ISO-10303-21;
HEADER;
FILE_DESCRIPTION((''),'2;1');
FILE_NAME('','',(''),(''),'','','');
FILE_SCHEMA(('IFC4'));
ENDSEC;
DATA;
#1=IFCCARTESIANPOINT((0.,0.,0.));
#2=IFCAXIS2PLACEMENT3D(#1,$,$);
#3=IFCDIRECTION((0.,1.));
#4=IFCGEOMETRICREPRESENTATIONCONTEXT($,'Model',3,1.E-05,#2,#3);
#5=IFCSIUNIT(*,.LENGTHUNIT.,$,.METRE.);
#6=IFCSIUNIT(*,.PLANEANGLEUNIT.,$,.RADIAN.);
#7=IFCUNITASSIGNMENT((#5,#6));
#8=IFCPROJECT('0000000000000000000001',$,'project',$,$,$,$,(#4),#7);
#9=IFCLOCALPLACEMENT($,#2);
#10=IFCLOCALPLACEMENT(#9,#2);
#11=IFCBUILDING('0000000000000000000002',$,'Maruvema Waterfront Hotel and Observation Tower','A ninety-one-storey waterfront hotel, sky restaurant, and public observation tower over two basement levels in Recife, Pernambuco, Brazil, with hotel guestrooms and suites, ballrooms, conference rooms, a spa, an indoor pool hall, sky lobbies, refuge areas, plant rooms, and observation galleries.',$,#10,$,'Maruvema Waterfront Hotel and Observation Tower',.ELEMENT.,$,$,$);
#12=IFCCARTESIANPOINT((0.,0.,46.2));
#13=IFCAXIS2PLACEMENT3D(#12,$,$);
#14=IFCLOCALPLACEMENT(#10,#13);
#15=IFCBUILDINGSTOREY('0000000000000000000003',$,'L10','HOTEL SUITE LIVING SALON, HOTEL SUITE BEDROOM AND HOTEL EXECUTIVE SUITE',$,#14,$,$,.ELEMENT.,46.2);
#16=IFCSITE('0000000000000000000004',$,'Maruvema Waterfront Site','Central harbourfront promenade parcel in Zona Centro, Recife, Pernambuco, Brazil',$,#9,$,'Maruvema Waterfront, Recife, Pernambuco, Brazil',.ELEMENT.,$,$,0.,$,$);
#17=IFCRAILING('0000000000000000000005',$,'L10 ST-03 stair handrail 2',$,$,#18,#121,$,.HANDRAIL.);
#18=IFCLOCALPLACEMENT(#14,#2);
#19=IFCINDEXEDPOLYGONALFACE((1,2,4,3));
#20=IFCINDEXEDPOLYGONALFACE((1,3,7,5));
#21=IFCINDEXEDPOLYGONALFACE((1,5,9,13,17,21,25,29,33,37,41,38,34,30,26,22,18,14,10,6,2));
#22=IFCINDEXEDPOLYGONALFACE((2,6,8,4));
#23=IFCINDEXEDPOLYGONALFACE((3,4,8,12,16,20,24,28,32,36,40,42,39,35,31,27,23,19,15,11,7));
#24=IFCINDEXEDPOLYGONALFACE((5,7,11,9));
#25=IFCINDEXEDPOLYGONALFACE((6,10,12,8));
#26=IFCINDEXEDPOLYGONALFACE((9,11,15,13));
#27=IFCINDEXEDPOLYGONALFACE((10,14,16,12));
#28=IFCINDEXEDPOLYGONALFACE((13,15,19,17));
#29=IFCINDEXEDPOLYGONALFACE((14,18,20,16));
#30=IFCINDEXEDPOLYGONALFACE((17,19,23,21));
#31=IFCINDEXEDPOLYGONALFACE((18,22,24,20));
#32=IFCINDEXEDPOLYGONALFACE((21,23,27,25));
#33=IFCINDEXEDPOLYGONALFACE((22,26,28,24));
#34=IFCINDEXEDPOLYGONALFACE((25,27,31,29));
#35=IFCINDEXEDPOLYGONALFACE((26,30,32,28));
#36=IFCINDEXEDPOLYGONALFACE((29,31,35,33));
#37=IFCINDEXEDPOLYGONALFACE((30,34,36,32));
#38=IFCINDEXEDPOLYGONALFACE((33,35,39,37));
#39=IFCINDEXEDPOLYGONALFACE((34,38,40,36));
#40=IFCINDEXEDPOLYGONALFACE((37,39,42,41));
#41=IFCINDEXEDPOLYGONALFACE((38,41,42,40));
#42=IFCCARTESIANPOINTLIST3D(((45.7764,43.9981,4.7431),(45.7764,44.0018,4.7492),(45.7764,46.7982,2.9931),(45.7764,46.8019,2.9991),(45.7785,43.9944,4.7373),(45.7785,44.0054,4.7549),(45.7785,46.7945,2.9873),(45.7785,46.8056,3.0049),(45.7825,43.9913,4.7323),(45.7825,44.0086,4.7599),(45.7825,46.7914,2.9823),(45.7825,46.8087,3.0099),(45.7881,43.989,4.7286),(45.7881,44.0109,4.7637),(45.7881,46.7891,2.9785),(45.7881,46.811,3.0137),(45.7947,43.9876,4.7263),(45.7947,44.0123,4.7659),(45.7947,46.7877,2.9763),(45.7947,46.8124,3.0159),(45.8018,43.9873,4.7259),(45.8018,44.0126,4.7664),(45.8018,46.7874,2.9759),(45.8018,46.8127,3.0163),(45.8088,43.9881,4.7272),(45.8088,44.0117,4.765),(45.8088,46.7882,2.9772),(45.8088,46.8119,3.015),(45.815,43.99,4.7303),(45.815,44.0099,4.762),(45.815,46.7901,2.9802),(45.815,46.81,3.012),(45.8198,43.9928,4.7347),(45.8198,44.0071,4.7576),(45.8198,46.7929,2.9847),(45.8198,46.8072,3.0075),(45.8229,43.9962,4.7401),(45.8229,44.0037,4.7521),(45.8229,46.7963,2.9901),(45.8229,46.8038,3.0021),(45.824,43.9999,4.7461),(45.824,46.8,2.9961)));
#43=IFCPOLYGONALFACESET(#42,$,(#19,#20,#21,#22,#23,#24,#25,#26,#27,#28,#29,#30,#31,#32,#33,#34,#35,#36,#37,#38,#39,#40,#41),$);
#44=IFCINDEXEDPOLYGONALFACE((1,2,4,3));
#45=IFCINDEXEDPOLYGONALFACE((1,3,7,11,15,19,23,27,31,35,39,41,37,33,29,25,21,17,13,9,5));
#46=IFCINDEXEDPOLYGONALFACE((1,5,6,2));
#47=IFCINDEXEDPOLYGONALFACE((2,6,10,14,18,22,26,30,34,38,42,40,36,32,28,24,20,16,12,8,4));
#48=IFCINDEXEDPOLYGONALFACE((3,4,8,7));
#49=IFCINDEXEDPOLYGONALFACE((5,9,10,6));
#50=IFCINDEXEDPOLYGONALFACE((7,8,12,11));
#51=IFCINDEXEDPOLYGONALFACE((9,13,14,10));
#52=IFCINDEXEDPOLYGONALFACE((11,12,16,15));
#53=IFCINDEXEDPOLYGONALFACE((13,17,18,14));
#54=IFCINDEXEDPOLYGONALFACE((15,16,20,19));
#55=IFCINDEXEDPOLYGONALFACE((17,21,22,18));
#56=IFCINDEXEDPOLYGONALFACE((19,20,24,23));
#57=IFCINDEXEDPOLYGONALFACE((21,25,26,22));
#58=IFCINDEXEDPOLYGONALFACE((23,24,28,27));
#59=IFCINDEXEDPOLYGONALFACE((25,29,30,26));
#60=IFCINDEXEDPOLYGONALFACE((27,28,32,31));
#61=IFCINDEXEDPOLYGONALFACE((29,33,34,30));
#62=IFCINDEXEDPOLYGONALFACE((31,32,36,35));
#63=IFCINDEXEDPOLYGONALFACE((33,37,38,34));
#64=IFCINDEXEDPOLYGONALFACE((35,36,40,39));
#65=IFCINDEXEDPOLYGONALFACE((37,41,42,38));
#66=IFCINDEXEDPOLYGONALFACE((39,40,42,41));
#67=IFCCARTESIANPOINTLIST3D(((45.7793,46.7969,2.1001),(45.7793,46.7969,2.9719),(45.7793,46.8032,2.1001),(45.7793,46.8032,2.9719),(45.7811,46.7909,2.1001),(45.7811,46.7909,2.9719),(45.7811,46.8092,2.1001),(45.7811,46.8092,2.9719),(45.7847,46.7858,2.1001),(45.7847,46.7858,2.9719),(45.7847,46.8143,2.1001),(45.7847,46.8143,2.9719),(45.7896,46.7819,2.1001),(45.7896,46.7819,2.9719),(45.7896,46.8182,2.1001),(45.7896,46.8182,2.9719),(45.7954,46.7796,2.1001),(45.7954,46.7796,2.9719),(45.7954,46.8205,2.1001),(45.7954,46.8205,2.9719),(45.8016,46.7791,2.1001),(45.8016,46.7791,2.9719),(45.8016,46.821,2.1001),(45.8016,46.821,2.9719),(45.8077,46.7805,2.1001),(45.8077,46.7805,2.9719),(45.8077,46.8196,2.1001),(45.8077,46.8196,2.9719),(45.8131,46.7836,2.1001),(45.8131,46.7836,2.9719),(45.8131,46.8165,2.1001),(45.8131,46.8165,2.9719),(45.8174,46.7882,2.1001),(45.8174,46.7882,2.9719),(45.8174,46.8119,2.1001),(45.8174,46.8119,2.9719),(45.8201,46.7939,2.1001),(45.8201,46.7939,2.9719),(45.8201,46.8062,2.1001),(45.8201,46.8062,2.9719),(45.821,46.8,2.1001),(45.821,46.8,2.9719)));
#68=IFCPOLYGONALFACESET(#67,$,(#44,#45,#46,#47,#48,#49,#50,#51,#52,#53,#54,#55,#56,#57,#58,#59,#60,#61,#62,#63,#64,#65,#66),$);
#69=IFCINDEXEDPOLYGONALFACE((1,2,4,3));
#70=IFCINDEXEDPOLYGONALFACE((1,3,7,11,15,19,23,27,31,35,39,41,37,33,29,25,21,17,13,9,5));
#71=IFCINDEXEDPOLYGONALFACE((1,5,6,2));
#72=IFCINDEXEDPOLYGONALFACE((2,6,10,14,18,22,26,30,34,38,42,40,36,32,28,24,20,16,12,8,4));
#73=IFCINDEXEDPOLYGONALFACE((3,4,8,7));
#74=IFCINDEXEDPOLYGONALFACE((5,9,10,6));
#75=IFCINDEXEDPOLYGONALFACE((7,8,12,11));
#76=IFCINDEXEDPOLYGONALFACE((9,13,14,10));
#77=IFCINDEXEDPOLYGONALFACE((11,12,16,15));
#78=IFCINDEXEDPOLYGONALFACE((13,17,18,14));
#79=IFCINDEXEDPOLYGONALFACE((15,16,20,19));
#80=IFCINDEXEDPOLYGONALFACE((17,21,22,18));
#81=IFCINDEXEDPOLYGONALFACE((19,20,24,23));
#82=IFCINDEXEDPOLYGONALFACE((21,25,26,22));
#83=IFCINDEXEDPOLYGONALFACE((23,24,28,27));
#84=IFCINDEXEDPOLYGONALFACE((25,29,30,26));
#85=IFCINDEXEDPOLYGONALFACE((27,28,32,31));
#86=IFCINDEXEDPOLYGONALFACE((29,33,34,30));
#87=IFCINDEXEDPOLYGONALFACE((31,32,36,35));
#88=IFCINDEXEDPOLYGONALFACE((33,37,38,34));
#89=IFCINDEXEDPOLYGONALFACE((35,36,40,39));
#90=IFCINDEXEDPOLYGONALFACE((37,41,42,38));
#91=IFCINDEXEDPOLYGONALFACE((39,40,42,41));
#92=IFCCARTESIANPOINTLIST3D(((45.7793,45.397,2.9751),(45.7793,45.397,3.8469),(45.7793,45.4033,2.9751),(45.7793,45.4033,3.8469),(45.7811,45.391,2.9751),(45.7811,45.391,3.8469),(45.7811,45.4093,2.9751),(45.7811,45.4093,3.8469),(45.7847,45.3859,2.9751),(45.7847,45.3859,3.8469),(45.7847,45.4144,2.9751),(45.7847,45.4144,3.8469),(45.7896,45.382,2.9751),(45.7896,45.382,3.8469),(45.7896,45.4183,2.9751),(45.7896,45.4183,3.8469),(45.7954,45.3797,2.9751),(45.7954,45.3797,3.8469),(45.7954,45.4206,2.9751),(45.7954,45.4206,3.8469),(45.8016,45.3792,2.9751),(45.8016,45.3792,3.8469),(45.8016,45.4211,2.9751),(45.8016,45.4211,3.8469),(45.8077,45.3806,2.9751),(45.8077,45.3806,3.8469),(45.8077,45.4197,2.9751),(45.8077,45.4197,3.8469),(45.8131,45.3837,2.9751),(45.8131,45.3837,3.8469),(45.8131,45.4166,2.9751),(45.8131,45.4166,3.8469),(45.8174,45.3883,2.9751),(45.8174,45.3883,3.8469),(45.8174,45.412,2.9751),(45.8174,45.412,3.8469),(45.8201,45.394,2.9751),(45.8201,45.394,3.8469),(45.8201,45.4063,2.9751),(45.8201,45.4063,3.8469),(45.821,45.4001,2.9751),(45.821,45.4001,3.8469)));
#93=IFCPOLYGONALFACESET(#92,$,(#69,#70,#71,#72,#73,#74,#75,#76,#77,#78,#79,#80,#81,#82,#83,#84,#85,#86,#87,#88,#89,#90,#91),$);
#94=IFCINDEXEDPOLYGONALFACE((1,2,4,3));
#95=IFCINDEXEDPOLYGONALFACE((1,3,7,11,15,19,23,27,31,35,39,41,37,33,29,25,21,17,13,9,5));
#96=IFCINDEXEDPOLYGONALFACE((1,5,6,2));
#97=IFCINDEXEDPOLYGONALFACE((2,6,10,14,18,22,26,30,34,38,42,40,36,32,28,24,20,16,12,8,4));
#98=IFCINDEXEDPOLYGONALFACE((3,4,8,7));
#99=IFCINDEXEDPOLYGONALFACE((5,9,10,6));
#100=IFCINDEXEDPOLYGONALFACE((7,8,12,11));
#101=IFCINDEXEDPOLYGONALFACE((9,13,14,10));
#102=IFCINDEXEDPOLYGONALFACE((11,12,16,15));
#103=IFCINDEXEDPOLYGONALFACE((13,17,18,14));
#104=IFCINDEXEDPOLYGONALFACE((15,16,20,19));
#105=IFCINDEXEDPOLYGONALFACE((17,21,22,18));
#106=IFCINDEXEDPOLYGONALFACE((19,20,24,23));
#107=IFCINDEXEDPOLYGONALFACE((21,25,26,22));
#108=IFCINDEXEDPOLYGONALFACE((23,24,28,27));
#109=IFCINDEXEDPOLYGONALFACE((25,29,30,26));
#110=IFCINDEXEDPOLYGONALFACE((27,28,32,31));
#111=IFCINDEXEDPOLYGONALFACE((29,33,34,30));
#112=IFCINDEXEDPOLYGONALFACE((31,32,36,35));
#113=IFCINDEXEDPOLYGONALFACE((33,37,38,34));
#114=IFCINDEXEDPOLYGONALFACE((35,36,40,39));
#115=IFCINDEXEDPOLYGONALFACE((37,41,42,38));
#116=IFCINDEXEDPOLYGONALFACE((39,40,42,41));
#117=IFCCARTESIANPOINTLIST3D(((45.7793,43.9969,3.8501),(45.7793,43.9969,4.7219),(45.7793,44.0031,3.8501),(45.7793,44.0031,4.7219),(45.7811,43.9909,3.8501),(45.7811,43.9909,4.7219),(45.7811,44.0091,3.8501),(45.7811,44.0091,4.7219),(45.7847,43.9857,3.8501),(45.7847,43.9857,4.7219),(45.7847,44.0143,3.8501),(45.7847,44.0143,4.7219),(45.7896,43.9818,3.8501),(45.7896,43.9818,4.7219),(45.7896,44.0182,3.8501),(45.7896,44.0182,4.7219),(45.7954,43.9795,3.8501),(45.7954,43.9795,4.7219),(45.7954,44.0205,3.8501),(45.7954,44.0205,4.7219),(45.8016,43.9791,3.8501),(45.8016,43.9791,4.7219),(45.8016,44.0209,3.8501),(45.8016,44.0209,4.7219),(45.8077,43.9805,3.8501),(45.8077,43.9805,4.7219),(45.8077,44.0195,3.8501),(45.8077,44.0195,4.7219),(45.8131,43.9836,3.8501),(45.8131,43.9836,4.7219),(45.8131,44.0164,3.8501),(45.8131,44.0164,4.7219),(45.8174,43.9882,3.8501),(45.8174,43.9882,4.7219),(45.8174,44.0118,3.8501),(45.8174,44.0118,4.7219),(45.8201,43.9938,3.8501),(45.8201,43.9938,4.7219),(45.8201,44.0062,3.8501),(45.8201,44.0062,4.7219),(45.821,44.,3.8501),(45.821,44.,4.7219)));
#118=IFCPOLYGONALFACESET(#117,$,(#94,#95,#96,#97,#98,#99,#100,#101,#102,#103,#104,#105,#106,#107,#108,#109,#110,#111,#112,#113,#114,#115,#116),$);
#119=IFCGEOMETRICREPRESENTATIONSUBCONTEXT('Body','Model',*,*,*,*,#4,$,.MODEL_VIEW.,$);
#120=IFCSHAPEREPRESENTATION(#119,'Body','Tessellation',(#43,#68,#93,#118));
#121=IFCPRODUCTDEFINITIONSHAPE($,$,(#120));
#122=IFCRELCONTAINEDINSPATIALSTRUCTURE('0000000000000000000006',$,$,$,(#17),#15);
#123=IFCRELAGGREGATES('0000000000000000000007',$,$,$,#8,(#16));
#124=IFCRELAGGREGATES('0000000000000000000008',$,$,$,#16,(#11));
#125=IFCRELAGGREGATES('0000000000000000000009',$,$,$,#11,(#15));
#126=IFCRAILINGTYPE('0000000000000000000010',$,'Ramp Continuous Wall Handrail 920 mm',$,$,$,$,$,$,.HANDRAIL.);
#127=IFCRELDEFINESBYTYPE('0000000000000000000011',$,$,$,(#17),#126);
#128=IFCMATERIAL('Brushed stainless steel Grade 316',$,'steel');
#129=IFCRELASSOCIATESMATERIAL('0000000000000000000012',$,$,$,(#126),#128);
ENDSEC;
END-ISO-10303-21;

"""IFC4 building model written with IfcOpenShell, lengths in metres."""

from ifc_helpers import new_model, si_unit, direction, frame, origin, origin_2d, place, context, subcontext, project, spatial, circle, extrude, material, type_object, element, save


model = new_model("IFC4")

# Units and contexts
model_context = context("Model", 3, precision=1e-05, world=origin(), true_north=direction((0.0, 1.0)))
body_context = subcontext(model_context, "Body", "Model", "MODEL_VIEW")
ifc_project = project(units=[si_unit("LENGTHUNIT", "METRE"), si_unit("PLANEANGLEUNIT", "RADIAN")], contexts=[model_context])

# Site, building, storey
site_placement = place(None, origin())
site = spatial("IfcSite", under=ifc_project, at=site_placement, Name="Maruvema Waterfront Site", Description="Central harbourfront promenade parcel in Zona Centro, Recife, Pernambuco, Brazil", LongName="Maruvema Waterfront, Recife, Pernambuco, Brazil", CompositionType="ELEMENT", RefElevation=0.0)
building_placement = place(site_placement, origin())
building = spatial("IfcBuilding", under=site, at=building_placement, Name="Maruvema Waterfront Hotel and Observation Tower", Description="A ninety-one-storey waterfront hotel, sky restaurant, and public observation tower over two basement levels in Recife, Pernambuco, Brazil, with hotel guestrooms and suites, ballrooms, conference rooms, a spa, an indoor pool hall, sky lobbies, refuge areas, plant rooms, and observation galleries.", LongName="Maruvema Waterfront Hotel and Observation Tower", CompositionType="ELEMENT")
storey_placement = place(building_placement, frame((0.0, 0.0, 46.2)))
storey = spatial("IfcBuildingStorey", under=building, at=storey_placement, Name="L10", Description="HOTEL SUITE LIVING SALON, HOTEL SUITE BEDROOM AND HOTEL EXECUTIVE SUITE", CompositionType="ELEMENT", Elevation=46.2)

# Railing
ifc_material_1 = material(Name="Brushed stainless steel Grade 316", Category="steel")
railing_type_1 = type_object("IfcRailingType", Name="Ramp Continuous Wall Handrail 920 mm", PredefinedType="HANDRAIL", material=ifc_material_1)
railing_1_placement = place(storey_placement, frame((45.8, 46.8, 2.1001)))
element("IfcRailing", 1, at=railing_1_placement, inside=storey, type_object=railing_type_1, Name="L10 ST-03 stair handrail 2", PredefinedType="HANDRAIL", context=body_context, shape_type="SweptSolid", body=[
    extrude(circle(Radius=0.0239, at=origin_2d()), frame((0.0, 0.0, 0.896), z_axis=(0.0, -0.848002, 0.529992), x_axis=(1.0, 0.0, 0.0)), (0.0, 0.0, 1.0), 3.302),
    extrude(circle(Radius=0.021, at=origin_2d()), origin(), (0.0, 0.0, 1.0), 0.8718),
    extrude(circle(Radius=0.021, at=origin_2d()), frame((0.0, -1.3999, 0.875)), (0.0, 0.0, 1.0), 0.8718),
    extrude(circle(Radius=0.021, at=origin_2d()), frame((0.0, -2.8, 1.75)), (0.0, 0.0, 1.0), 0.8718),
])

save(model, "model.ifc")
